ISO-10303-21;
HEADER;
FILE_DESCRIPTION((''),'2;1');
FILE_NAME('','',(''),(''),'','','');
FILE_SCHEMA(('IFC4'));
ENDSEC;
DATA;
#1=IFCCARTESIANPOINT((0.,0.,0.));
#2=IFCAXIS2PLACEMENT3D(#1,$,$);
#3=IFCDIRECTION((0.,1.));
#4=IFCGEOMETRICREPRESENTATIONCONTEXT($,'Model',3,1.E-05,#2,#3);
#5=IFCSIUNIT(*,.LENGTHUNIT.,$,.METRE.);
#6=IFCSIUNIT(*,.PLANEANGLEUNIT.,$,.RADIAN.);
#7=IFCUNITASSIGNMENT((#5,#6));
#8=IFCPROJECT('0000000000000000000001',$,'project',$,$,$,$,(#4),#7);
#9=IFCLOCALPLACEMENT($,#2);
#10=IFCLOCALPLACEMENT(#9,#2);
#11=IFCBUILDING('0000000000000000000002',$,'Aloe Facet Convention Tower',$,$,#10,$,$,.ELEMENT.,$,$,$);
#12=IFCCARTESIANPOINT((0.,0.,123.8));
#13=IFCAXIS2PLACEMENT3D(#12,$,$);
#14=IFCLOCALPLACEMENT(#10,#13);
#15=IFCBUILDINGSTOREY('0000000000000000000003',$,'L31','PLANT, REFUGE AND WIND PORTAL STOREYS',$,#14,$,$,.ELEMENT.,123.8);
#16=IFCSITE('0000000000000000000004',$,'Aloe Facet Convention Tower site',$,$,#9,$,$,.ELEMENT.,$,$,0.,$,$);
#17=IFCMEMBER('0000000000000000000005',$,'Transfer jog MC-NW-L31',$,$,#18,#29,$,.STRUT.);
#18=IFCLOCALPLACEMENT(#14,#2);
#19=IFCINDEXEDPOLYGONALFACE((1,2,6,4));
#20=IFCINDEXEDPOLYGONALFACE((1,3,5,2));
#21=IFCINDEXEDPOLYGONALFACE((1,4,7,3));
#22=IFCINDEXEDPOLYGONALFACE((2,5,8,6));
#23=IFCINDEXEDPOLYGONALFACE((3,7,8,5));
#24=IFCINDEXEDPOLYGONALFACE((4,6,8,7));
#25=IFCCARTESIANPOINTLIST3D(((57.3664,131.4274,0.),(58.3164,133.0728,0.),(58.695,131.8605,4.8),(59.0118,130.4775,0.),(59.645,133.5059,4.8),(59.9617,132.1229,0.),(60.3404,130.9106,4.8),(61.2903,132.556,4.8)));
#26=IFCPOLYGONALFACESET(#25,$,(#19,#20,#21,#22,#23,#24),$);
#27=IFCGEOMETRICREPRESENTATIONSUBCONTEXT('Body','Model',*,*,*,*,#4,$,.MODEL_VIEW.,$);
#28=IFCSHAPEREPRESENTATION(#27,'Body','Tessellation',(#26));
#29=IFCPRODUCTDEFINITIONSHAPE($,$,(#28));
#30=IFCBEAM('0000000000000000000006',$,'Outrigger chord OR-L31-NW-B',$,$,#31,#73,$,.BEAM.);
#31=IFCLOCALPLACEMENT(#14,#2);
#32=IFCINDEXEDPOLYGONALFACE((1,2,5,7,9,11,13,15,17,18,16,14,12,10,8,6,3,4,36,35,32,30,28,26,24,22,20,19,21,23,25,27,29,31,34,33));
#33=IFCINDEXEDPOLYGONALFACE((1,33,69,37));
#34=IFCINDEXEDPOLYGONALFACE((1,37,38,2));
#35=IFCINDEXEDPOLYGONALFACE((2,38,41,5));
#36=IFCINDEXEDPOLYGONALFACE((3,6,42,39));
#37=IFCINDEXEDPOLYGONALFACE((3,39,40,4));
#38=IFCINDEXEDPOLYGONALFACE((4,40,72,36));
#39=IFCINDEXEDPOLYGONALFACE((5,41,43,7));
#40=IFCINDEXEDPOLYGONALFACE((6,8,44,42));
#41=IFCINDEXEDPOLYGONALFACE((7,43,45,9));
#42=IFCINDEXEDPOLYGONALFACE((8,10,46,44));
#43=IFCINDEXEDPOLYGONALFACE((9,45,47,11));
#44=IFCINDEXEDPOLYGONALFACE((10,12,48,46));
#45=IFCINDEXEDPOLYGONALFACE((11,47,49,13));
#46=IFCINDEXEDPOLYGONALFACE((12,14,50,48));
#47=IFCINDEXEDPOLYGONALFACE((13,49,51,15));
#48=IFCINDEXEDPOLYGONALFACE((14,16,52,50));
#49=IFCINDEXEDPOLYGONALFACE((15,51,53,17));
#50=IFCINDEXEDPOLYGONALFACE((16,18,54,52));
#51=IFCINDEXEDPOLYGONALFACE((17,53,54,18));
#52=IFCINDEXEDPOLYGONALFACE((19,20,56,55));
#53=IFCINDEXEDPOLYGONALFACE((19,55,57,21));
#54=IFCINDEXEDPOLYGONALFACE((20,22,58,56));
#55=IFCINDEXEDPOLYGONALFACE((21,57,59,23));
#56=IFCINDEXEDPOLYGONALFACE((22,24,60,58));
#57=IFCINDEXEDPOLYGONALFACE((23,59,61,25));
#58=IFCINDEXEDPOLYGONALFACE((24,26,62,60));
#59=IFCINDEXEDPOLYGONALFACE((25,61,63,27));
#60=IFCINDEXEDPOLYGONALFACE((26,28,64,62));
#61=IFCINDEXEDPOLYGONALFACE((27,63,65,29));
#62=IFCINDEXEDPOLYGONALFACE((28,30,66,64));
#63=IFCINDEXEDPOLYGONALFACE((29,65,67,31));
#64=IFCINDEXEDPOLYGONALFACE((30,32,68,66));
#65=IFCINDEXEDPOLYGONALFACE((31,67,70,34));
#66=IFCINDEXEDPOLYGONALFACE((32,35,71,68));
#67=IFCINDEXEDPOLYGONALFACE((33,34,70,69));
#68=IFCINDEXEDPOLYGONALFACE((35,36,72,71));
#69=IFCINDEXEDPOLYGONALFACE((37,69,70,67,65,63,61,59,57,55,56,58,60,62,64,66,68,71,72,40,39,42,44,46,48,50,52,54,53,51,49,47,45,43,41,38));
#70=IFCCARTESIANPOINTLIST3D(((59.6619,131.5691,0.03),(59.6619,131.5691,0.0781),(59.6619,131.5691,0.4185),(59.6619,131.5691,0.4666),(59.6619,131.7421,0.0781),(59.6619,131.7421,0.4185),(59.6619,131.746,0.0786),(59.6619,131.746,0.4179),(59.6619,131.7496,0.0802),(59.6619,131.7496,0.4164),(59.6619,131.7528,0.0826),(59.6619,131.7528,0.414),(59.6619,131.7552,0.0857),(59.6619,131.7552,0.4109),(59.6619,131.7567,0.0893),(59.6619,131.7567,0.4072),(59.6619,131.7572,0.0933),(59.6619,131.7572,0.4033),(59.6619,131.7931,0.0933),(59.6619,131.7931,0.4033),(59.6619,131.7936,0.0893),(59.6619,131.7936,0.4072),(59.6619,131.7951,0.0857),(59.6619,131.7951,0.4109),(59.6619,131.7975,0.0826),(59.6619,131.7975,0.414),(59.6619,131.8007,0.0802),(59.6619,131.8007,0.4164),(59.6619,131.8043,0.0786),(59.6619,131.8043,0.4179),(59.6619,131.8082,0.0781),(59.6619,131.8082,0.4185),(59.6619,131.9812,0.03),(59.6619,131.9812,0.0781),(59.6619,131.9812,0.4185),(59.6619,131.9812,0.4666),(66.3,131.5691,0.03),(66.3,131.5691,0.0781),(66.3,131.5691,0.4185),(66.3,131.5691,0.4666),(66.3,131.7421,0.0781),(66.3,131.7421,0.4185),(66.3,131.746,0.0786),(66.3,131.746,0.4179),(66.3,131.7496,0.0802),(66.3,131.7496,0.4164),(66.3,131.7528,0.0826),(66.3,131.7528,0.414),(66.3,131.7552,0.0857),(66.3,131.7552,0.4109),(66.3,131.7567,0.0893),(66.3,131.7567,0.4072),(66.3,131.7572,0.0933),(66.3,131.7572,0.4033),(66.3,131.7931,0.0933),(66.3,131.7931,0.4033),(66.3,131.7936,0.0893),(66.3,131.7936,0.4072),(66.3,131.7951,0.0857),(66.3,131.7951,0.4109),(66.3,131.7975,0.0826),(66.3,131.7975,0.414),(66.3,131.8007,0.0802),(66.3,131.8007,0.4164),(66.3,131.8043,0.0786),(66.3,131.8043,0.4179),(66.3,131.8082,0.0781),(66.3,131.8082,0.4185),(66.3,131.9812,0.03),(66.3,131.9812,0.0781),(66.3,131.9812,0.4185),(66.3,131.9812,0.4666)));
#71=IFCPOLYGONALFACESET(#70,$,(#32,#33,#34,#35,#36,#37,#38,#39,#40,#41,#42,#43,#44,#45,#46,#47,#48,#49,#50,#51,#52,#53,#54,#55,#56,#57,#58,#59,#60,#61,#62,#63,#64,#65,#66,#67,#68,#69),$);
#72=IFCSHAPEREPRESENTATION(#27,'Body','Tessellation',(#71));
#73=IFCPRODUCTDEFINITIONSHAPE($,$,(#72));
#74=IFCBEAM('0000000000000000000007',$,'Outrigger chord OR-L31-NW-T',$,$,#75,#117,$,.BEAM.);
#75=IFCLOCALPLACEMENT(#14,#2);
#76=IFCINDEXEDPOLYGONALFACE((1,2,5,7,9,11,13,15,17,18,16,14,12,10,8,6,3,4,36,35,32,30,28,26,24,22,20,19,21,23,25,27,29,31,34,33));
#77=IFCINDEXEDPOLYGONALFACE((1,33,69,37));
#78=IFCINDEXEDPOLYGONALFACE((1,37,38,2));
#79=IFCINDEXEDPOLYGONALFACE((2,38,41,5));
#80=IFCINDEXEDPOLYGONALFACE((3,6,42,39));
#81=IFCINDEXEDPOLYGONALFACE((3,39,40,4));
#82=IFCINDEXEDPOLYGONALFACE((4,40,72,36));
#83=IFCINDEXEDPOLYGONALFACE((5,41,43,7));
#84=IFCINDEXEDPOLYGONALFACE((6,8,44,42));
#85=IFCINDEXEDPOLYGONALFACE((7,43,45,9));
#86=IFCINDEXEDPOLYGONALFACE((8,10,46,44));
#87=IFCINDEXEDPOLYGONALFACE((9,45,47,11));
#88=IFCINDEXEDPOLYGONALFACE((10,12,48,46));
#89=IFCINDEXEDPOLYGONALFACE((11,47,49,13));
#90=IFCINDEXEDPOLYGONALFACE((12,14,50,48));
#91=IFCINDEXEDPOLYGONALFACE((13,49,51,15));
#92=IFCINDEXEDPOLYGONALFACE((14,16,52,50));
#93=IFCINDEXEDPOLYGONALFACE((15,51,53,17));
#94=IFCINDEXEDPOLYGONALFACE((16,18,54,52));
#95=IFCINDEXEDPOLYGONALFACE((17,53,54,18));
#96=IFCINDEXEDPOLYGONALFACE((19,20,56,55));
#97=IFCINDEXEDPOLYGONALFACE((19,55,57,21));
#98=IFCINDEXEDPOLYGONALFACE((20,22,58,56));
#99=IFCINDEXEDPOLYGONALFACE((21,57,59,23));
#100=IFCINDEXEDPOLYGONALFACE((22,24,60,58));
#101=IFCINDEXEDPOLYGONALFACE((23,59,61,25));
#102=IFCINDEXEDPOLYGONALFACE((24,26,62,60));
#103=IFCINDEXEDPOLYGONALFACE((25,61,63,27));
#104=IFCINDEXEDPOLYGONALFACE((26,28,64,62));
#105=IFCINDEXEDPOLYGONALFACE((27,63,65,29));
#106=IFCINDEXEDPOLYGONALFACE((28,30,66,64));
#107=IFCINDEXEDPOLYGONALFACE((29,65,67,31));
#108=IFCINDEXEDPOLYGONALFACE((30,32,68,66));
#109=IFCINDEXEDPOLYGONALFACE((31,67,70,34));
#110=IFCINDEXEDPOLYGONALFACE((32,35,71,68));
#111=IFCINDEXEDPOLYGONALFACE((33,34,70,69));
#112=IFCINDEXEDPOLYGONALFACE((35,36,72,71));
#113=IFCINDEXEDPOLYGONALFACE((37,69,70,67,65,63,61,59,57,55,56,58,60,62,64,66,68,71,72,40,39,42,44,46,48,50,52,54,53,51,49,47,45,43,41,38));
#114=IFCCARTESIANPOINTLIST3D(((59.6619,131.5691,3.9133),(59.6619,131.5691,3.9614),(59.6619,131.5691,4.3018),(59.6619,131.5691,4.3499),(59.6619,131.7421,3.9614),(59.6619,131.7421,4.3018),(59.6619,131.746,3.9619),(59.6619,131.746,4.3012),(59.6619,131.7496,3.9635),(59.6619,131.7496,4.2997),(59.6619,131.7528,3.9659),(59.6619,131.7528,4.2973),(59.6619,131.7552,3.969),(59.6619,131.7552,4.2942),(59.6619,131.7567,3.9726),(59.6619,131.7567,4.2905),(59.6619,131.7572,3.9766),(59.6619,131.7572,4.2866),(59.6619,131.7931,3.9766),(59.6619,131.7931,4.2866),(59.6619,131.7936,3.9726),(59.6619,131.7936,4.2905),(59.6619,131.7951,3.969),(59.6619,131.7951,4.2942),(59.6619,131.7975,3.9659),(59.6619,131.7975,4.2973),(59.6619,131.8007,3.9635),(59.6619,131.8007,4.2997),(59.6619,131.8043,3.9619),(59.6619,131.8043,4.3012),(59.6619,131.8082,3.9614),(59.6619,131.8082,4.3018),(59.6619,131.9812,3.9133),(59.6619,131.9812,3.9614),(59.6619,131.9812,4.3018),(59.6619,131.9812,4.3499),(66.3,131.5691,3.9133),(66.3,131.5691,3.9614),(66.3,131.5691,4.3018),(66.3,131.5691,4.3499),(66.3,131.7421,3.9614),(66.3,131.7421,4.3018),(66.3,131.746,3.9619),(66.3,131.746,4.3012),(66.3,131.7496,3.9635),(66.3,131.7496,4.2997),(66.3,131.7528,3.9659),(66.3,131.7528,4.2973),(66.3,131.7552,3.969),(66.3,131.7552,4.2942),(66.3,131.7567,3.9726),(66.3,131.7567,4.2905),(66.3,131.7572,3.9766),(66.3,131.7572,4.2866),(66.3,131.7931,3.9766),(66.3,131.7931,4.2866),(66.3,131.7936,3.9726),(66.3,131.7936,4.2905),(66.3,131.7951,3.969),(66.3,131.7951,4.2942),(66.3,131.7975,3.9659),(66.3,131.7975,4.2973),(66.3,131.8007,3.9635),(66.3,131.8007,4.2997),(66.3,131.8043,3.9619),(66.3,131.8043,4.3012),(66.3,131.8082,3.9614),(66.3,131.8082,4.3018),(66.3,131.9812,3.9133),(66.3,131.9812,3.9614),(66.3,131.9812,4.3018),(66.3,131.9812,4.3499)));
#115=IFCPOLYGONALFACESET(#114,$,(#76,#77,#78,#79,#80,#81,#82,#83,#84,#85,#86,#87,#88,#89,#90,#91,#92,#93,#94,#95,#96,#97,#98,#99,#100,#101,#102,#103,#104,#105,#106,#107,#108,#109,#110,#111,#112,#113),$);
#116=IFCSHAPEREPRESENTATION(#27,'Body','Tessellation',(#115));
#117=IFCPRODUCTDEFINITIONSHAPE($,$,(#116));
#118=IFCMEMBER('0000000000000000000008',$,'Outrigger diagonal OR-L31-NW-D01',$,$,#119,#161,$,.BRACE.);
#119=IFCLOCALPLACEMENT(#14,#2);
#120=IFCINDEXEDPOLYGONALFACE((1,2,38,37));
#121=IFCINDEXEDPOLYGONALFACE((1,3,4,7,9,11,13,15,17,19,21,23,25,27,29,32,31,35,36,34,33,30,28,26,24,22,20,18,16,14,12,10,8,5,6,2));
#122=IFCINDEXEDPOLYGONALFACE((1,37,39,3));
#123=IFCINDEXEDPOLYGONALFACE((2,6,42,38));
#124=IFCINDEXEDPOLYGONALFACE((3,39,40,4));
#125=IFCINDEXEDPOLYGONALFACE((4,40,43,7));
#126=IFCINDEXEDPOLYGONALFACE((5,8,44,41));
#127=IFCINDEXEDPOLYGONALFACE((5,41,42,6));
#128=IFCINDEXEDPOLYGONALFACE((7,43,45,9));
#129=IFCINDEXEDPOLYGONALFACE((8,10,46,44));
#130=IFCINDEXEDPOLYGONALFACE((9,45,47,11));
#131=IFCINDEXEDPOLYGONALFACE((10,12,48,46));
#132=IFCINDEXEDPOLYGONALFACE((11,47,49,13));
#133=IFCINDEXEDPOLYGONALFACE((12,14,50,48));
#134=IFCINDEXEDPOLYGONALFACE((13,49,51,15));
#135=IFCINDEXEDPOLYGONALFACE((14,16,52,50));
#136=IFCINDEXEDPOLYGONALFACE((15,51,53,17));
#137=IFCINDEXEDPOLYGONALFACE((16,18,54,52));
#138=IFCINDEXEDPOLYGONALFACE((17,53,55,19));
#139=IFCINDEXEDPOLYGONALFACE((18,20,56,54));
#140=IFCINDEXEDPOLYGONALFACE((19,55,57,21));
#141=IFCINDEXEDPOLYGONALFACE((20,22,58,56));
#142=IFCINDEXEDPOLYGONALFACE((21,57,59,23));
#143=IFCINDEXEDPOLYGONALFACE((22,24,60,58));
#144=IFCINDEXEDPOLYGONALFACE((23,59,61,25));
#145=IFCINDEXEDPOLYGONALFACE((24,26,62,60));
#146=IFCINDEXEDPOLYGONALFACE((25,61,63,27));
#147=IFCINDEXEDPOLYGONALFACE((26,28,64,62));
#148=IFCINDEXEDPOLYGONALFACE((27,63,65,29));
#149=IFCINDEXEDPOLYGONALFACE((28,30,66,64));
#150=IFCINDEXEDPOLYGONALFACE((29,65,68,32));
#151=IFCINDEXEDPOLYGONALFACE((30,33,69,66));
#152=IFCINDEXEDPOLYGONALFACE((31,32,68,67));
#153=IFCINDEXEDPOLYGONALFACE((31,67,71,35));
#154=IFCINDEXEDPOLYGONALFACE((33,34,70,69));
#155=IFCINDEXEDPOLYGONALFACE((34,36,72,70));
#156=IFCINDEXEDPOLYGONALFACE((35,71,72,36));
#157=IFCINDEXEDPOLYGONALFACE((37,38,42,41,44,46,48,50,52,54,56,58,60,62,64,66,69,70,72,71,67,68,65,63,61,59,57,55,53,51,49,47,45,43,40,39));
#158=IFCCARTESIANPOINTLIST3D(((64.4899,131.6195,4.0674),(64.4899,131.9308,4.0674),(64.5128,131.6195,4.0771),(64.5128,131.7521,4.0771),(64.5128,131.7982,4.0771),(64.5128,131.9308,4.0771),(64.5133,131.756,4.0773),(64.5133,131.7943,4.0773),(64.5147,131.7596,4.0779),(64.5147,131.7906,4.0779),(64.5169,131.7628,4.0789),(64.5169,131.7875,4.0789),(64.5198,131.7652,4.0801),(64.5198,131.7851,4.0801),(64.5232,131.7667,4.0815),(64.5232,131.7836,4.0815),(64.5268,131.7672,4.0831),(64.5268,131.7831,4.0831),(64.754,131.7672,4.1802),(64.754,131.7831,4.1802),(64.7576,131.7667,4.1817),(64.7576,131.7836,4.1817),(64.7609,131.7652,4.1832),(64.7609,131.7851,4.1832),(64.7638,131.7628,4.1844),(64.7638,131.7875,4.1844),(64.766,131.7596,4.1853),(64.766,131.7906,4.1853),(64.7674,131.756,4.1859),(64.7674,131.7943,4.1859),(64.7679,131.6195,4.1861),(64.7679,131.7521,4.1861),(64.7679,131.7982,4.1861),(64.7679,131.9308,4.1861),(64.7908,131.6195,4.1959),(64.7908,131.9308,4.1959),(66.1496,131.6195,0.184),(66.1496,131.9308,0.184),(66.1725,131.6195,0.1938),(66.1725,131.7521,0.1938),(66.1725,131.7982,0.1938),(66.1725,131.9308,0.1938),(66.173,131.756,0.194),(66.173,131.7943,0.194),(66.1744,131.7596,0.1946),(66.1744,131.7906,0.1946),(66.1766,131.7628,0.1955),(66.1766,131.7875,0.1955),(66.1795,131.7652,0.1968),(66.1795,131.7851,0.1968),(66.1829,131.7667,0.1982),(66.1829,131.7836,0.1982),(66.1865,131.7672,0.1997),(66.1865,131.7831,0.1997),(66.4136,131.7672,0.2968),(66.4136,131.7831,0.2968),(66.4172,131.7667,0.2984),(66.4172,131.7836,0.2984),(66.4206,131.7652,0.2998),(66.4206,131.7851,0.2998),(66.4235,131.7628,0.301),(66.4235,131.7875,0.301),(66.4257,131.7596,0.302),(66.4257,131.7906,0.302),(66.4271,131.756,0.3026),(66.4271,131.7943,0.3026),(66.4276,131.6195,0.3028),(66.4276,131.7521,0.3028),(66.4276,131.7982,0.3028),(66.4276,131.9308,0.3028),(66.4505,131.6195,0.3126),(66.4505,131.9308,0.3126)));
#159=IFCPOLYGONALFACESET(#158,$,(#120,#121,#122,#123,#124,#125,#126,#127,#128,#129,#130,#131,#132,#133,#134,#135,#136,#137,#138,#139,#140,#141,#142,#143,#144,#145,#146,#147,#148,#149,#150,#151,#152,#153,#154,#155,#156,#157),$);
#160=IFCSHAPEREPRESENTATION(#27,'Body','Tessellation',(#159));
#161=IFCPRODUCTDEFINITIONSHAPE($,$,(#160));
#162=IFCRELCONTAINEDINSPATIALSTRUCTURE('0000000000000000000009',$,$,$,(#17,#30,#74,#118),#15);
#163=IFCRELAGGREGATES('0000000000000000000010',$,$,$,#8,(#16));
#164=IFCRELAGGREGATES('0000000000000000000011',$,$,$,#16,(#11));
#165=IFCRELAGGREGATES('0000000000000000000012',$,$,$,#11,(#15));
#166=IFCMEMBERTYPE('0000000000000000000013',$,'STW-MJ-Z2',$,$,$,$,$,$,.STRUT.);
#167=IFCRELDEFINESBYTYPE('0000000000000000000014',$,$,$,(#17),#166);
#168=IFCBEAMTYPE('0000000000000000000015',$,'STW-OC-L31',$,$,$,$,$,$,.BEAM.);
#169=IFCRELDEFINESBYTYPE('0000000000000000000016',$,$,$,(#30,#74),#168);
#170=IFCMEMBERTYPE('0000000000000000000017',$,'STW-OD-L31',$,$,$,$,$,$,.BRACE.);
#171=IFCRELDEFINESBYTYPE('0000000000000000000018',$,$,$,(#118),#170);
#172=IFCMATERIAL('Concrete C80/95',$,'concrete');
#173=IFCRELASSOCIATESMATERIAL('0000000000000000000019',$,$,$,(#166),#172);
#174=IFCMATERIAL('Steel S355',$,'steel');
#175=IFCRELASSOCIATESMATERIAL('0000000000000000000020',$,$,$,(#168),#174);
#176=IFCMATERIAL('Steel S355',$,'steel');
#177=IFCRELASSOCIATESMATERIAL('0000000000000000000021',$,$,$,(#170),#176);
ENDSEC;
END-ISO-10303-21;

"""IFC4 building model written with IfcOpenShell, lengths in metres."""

from ifc_helpers import new_model, si_unit, direction, frame, origin, origin_2d, place, context, subcontext, project, spatial, rectangle, i_section, extrude, material, material_profile, profile_set, type_object, element, save


model = new_model("IFC4")

# Units and contexts
model_context = context("Model", 3, precision=1e-05, world=origin(), true_north=direction((0.0, 1.0)))
body_context = subcontext(model_context, "Body", "Model", "MODEL_VIEW")
ifc_project = project(units=[si_unit("LENGTHUNIT", "METRE"), si_unit("PLANEANGLEUNIT", "RADIAN")], contexts=[model_context])

# Site, building, storey
site_placement = place(None, origin())
site = spatial("IfcSite", under=ifc_project, at=site_placement, Name="Aloe Facet Convention Tower site", CompositionType="ELEMENT", RefElevation=0.0)
building_placement = place(site_placement, origin())
building = spatial("IfcBuilding", under=site, at=building_placement, Name="Aloe Facet Convention Tower", CompositionType="ELEMENT")
storey_placement = place(building_placement, frame((0.0, 0.0, 123.8)))
storey = spatial("IfcBuildingStorey", under=building, at=storey_placement, Name="L31", Description="PLANT, REFUGE AND WIND PORTAL STOREYS", CompositionType="ELEMENT", Elevation=123.8)

# Member
ifc_material_1 = material(Name="Concrete C80/95", Category="concrete")
ifc_material_profile_1 = material_profile(ifc_material_1, rectangle(XDim=1.8999, YDim=1.8999, at=origin_2d()), Name="STW-MJ-Z2")
ifc_profile_set_1 = profile_set([ifc_material_profile_1], Name="Concrete C80/95")
member_type_1 = type_object("IfcMemberType", Name="STW-MJ-Z2", PredefinedType="STRUT", material=ifc_profile_set_1)
member_1_placement = place(storey_placement, frame((58.6641, 131.7751, 0.0), z_axis=(0.0, 0.0, 1.0), x_axis=(-0.5, -0.866025, 0.0)))
element("IfcMember", 1, at=member_1_placement, inside=storey, type_object=member_type_1, Name="Transfer jog MC-NW-L31", PredefinedType="STRUT", context=body_context, shape_type="SweptSolid", body=[
    extrude(rectangle(XDim=1.8999, YDim=1.8999, at=origin_2d()), origin(), (-0.207905, 0.186837, 0.960139), 4.9993),
])

# Beams
ifc_material_2 = material(Name="Steel S355", Category="steel")
ifc_material_profile_2 = material_profile(ifc_material_2, i_section(OverallWidth=0.4121, OverallDepth=0.4365, WebThickness=0.0359, FlangeThickness=0.0481, FilletRadius=0.0151, at=origin_2d()), Name="UC 356x406x467")
ifc_profile_set_2 = profile_set([ifc_material_profile_2], Name="Steel S355")
beam_type_1 = type_object("IfcBeamType", Name="STW-OC-L31", PredefinedType="BEAM", material=ifc_profile_set_2)
for number, where, z_axis, x_axis, name in (
    (2, (66.3, 131.7751, 0.2483), (-1.0, 0.0, 0.0), (0.0, -1.0, 0.0), "Outrigger chord OR-L31-NW-B"),
    (3, (66.3, 131.7751, 4.1316), (-1.0, 0.0, 0.0), (0.0, -1.0, 0.0), "Outrigger chord OR-L31-NW-T"),
):
    element("IfcBeam", number, at=place(storey_placement, frame(where, z_axis=z_axis, x_axis=x_axis)), inside=storey, type_object=beam_type_1, Name=name, PredefinedType="BEAM", context=body_context, shape_type="SweptSolid", body=[
        extrude(i_section(OverallWidth=0.4121, OverallDepth=0.4365, WebThickness=0.0359, FlangeThickness=0.0481, FilletRadius=0.0151, at=origin_2d()), origin(), (0.0, 0.0, 1.0), 6.6382),
    ])

# Member
ifc_material_3 = material(Name="Steel S355", Category="steel")
ifc_material_profile_3 = material_profile(ifc_material_3, i_section(OverallWidth=0.3113, OverallDepth=0.3271, WebThickness=0.0159, FlangeThickness=0.0249, FilletRadius=0.0151, at=origin_2d()), Name="UC 305x305x158")
ifc_profile_set_3 = profile_set([ifc_material_profile_3], Name="Steel S355")
member_type_2 = type_object("IfcMemberType", Name="STW-OD-L31", PredefinedType="BRACE", material=ifc_profile_set_3)
member_2_placement = place(storey_placement, frame((66.3, 131.7751, 0.2483), z_axis=(-0.392998, 0.0, 0.919539), x_axis=(0.0, -1.0, 0.0)))
element("IfcMember", 4, at=member_2_placement, inside=storey, type_object=member_type_2, Name="Outrigger diagonal OR-L31-NW-D01", PredefinedType="BRACE", context=body_context, shape_type="SweptSolid", body=[
    extrude(i_section(OverallWidth=0.3113, OverallDepth=0.3271, WebThickness=0.0159, FlangeThickness=0.0249, FilletRadius=0.0151, at=origin_2d()), origin(), (0.0, 0.0, 1.0), 4.2231),
])

save(model, "model.ifc")
